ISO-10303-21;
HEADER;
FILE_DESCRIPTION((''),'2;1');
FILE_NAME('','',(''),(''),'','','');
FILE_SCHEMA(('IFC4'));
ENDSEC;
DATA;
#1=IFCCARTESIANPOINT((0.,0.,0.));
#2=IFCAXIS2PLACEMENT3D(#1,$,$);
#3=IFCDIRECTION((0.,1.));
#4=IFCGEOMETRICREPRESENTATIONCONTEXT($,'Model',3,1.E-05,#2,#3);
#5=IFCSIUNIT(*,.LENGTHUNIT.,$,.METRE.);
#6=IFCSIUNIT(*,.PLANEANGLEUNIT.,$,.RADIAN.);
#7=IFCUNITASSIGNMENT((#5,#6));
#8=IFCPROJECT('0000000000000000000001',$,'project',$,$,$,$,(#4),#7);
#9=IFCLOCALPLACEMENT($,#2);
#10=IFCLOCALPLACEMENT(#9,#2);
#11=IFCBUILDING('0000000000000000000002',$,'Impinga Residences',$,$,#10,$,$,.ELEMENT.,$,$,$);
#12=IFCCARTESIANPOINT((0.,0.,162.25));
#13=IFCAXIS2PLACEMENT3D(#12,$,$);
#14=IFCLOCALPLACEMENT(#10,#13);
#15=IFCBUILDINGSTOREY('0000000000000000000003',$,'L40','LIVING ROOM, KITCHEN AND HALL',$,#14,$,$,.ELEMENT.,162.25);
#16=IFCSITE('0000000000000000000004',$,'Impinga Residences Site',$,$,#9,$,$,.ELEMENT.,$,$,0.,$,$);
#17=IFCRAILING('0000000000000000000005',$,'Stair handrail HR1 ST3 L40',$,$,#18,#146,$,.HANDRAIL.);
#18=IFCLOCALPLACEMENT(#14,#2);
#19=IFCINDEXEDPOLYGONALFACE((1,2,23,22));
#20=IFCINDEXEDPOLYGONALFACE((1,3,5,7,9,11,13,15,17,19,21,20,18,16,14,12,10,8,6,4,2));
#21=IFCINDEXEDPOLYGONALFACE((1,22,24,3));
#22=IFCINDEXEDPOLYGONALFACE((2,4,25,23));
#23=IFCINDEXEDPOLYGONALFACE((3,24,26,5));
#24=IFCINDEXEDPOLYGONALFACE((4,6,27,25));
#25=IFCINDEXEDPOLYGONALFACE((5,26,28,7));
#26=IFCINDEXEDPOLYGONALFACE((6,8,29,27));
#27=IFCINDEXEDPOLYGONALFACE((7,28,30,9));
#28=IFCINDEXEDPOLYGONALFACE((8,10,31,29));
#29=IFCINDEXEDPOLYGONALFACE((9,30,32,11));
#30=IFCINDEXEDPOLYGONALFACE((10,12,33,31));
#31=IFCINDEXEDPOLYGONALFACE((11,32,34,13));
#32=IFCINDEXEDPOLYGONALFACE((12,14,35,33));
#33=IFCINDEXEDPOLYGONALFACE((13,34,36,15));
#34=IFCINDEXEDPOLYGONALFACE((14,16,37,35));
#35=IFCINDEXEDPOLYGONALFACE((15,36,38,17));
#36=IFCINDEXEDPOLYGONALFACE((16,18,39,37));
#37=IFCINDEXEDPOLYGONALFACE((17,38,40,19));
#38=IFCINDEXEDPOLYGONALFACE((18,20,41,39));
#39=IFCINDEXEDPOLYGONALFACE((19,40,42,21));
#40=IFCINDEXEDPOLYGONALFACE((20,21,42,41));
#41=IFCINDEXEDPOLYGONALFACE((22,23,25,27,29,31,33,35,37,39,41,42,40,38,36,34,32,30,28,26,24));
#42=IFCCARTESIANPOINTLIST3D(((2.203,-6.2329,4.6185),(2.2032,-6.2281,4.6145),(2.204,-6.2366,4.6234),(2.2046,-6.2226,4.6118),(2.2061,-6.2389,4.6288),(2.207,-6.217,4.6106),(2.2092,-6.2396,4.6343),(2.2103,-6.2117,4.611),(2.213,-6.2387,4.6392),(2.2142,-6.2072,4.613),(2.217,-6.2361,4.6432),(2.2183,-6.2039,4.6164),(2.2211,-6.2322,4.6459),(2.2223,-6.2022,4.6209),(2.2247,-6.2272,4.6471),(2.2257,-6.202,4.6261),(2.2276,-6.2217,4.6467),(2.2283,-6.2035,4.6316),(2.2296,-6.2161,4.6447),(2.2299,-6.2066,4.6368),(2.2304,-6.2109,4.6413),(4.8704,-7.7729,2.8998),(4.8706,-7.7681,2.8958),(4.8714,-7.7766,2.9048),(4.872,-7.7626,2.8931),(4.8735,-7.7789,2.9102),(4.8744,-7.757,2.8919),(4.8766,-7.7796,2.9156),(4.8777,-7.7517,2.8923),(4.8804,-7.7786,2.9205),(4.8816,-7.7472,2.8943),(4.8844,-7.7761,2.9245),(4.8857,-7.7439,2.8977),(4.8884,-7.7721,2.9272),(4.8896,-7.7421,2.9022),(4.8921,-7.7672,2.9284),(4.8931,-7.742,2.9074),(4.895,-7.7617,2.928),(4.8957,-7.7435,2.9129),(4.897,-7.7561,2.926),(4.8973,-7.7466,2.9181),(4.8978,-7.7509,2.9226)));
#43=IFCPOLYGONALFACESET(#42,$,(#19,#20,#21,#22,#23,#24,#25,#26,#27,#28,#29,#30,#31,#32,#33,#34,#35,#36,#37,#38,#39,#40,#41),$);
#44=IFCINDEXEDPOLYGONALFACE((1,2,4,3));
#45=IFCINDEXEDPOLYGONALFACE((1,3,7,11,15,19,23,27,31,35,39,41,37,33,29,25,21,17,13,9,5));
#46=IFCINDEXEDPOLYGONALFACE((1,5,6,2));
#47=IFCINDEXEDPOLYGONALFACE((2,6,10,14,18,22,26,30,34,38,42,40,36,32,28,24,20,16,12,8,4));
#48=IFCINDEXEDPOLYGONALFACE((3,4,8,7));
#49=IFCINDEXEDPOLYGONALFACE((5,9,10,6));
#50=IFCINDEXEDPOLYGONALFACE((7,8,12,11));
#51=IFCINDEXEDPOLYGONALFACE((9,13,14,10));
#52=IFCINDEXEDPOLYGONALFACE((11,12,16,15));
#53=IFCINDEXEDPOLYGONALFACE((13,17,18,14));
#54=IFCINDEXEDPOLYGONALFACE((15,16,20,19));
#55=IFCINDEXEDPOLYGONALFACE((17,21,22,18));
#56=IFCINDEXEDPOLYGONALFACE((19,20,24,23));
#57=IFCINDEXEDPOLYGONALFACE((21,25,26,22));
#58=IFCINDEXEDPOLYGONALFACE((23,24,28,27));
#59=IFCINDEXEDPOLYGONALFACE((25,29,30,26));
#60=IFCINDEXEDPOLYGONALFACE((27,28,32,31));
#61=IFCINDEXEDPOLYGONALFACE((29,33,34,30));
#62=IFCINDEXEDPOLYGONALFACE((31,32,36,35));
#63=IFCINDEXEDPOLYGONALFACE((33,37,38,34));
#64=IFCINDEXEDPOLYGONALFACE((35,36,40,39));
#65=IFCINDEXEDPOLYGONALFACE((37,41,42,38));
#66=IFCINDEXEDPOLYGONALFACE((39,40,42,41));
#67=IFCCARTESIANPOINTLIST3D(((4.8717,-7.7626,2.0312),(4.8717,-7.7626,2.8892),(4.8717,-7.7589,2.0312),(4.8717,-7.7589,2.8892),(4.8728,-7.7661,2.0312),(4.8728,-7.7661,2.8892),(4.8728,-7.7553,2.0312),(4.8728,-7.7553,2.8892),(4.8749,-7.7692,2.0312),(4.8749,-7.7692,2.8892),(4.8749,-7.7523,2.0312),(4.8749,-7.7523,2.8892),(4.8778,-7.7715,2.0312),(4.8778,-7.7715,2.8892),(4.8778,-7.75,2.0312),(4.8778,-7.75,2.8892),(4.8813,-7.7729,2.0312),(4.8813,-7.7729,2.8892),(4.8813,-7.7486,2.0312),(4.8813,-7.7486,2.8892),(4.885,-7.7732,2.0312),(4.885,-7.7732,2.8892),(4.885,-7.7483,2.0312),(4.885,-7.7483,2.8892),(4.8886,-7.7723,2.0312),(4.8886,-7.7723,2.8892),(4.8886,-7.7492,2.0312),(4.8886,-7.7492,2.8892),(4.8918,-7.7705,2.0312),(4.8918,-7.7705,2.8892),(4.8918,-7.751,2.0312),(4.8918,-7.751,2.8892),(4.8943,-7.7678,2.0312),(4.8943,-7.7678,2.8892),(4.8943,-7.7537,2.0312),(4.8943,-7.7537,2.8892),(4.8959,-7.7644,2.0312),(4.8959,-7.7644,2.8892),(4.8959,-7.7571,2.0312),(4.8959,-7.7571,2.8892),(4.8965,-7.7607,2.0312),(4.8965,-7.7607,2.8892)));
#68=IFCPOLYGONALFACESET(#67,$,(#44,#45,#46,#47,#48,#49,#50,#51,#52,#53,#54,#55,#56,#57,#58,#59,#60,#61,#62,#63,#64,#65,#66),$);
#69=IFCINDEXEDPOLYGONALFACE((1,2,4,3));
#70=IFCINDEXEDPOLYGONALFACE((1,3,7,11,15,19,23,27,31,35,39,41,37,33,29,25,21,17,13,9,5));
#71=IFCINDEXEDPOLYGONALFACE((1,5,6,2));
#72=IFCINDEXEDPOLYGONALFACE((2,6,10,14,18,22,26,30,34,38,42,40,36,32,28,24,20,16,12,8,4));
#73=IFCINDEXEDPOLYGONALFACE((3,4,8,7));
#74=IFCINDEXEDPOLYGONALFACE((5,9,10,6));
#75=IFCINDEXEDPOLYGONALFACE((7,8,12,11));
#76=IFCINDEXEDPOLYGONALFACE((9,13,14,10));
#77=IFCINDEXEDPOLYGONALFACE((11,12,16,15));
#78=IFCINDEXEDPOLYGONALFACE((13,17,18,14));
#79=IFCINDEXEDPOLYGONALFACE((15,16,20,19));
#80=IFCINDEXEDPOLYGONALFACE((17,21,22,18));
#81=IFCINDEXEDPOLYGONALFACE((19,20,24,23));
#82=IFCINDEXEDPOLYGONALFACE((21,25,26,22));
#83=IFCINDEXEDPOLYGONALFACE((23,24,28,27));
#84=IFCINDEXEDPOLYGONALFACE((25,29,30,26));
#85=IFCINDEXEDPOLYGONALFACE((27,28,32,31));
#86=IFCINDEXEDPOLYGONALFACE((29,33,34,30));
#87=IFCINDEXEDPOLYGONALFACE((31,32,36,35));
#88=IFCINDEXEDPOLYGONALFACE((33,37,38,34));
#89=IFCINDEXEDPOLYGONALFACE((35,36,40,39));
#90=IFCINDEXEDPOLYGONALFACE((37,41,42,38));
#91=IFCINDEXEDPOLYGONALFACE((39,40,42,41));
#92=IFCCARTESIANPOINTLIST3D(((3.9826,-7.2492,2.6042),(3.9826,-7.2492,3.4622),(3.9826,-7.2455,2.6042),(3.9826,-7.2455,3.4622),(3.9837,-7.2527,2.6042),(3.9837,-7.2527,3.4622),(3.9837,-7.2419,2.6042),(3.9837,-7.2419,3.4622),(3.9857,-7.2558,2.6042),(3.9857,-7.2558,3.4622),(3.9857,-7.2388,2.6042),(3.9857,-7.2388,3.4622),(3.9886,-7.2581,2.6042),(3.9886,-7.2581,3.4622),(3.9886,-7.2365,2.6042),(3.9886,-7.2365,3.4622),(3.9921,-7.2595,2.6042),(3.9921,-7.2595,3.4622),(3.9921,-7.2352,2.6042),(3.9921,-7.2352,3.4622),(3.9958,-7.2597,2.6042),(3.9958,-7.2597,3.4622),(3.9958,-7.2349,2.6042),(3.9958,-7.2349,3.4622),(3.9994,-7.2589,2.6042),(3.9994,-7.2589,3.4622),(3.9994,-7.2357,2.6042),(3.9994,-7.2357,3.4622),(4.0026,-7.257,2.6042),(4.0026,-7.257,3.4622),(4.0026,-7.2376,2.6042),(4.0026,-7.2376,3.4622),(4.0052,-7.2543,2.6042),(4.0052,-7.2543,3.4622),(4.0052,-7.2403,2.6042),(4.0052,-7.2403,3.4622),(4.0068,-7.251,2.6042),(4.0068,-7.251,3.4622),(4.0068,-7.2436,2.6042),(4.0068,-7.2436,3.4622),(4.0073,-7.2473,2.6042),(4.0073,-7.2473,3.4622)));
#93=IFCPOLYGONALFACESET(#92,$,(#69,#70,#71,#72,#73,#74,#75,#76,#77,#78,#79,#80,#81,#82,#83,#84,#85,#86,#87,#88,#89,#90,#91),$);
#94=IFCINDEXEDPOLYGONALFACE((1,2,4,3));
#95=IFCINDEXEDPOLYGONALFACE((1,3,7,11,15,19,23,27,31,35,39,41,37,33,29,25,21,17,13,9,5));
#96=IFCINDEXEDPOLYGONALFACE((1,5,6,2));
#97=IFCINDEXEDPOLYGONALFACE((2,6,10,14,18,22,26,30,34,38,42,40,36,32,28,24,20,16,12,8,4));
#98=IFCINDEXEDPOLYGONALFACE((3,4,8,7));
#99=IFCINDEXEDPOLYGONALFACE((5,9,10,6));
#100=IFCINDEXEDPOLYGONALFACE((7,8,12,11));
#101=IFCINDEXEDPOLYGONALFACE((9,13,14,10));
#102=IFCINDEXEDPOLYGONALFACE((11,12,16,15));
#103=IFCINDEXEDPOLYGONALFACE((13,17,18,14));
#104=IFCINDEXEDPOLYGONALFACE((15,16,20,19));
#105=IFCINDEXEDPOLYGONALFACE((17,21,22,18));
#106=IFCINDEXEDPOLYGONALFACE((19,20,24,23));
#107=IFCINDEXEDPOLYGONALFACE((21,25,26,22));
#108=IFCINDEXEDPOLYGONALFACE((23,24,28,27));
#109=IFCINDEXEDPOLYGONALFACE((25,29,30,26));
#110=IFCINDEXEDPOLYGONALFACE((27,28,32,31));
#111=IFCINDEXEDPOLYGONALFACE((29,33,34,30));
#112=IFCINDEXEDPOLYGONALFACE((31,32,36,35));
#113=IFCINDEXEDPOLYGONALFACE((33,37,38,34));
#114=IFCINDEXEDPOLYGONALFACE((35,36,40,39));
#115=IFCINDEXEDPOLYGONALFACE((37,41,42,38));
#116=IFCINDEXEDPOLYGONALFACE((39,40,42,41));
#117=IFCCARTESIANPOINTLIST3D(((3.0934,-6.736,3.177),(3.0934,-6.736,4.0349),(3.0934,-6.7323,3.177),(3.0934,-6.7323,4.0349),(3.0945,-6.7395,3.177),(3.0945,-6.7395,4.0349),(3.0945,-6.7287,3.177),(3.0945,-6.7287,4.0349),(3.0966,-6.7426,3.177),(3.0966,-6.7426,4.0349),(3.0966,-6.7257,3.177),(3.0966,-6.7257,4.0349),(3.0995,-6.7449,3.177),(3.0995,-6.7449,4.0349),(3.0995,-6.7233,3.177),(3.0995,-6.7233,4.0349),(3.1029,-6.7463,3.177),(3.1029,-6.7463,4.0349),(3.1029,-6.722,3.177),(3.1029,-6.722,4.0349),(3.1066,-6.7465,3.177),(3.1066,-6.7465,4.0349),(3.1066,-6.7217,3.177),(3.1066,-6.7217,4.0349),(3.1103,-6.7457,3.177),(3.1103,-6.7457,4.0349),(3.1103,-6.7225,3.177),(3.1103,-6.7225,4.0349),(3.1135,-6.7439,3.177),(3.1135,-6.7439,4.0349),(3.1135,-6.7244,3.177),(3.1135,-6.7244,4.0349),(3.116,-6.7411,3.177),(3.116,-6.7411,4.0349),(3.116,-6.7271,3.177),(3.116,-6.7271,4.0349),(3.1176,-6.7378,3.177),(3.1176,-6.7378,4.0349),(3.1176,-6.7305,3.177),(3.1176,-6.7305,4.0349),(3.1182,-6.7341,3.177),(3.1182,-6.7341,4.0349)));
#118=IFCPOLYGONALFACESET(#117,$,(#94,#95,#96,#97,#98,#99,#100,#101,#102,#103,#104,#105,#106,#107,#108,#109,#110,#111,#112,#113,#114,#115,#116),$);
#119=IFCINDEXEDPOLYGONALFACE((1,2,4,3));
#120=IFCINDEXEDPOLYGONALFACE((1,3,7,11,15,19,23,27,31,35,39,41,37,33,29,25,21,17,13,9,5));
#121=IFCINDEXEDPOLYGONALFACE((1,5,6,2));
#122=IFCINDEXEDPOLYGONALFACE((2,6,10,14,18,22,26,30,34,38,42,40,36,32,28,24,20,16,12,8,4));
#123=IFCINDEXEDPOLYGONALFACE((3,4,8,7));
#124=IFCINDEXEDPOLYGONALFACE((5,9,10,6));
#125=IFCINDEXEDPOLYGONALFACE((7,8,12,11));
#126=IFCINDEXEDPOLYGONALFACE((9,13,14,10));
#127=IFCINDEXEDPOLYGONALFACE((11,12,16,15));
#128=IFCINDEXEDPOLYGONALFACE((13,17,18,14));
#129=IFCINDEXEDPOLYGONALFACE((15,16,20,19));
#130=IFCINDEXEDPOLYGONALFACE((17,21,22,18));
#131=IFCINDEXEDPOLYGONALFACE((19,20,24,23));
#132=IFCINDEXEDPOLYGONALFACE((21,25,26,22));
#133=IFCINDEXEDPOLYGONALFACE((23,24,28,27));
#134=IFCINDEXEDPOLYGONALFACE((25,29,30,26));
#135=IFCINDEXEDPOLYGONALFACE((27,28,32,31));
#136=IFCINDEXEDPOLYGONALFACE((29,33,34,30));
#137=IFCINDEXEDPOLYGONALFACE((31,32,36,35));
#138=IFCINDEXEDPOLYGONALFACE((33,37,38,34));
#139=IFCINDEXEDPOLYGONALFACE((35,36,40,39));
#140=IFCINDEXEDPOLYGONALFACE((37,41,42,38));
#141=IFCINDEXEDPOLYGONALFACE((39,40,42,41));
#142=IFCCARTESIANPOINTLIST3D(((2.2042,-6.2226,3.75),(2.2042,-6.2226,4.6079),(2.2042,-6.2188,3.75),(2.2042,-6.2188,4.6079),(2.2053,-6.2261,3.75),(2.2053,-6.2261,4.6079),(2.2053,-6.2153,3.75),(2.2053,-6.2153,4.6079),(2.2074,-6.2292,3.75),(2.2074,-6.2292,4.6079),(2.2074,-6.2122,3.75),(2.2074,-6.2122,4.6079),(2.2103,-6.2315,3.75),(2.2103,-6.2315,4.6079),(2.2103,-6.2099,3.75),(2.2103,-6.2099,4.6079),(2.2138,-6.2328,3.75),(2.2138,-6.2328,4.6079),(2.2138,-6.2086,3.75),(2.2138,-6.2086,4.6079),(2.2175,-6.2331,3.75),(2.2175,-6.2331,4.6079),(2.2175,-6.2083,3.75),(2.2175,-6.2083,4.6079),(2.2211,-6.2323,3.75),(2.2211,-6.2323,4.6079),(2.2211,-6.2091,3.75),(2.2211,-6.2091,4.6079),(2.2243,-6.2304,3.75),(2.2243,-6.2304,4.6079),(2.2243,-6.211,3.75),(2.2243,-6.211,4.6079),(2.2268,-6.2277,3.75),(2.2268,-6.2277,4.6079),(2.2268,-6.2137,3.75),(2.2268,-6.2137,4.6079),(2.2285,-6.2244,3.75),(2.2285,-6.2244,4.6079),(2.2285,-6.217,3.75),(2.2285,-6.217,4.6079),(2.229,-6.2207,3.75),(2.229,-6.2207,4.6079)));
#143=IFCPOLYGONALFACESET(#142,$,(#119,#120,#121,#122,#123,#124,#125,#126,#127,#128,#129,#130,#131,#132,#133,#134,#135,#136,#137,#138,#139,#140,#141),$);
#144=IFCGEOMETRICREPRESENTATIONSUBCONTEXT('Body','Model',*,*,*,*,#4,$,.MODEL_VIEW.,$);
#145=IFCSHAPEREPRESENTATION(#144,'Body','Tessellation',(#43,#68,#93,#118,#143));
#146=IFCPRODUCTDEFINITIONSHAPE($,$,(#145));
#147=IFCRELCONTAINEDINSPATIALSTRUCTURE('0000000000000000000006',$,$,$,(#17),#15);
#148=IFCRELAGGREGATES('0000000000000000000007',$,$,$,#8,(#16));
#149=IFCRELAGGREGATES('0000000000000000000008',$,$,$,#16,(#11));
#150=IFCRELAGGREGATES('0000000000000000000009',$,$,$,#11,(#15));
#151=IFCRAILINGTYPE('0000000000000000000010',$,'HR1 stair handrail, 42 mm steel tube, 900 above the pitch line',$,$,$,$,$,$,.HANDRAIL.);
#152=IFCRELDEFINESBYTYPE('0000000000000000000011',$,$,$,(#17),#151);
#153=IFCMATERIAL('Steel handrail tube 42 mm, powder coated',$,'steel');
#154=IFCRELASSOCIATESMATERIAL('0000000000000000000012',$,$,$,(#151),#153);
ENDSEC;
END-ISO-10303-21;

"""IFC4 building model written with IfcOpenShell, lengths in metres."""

from ifc_helpers import new_model, si_unit, direction, frame, origin, origin_2d, place, context, subcontext, project, spatial, circle, extrude, material, type_object, element, save


model = new_model("IFC4")

# Units and contexts
model_context = context("Model", 3, precision=1e-05, world=origin(), true_north=direction((0.0, 1.0)))
body_context = subcontext(model_context, "Body", "Model", "MODEL_VIEW")
ifc_project = project(units=[si_unit("LENGTHUNIT", "METRE"), si_unit("PLANEANGLEUNIT", "RADIAN")], contexts=[model_context])

# Site, building, storey
site_placement = place(None, origin())
site = spatial("IfcSite", under=ifc_project, at=site_placement, Name="Impinga Residences Site", CompositionType="ELEMENT", RefElevation=0.0)
building_placement = place(site_placement, origin())
building = spatial("IfcBuilding", under=site, at=building_placement, Name="Impinga Residences", CompositionType="ELEMENT")
storey_placement = place(building_placement, frame((0.0, 0.0, 162.25)))
storey = spatial("IfcBuildingStorey", under=building, at=storey_placement, Name="L40", Description="LIVING ROOM, KITCHEN AND HALL", CompositionType="ELEMENT", Elevation=162.25)

# Railing
ifc_material_1 = material(Name="Steel handrail tube 42 mm, powder coated", Category="steel")
railing_type_1 = type_object("IfcRailingType", Name="HR1 stair handrail, 42 mm steel tube, 900 above the pitch line", PredefinedType="HANDRAIL", material=ifc_material_1)
railing_1_placement = place(storey_placement, frame((4.884, -7.7607, 2.0312)))
element("IfcRailing", 1, at=railing_1_placement, inside=storey, type_object=railing_type_1, Name="Stair handrail HR1 ST3 L40", PredefinedType="HANDRAIL", context=body_context, shape_type="SweptSolid", body=[
    extrude(circle(Radius=0.021, at=origin_2d()), frame((0.0, 0.0, 0.8789), z_axis=(-0.756256, 0.436616, 0.487282), x_axis=(-0.499992, -0.86603, 0.0)), (0.0, 0.0, 1.0), 3.5271),
    extrude(circle(Radius=0.0125, at=origin_2d()), origin(), (0.0, 0.0, 1.0), 0.8579),
    extrude(circle(Radius=0.0125, at=origin_2d()), frame((-0.8892, 0.5134, 0.573)), (0.0, 0.0, 1.0), 0.8579),
    extrude(circle(Radius=0.0125, at=origin_2d()), frame((-1.7783, 1.0266, 1.1458)), (0.0, 0.0, 1.0), 0.8579),
    extrude(circle(Radius=0.0125, at=origin_2d()), frame((-2.6675, 1.54, 1.7188)), (0.0, 0.0, 1.0), 0.8579),
])

save(model, "model.ifc")
